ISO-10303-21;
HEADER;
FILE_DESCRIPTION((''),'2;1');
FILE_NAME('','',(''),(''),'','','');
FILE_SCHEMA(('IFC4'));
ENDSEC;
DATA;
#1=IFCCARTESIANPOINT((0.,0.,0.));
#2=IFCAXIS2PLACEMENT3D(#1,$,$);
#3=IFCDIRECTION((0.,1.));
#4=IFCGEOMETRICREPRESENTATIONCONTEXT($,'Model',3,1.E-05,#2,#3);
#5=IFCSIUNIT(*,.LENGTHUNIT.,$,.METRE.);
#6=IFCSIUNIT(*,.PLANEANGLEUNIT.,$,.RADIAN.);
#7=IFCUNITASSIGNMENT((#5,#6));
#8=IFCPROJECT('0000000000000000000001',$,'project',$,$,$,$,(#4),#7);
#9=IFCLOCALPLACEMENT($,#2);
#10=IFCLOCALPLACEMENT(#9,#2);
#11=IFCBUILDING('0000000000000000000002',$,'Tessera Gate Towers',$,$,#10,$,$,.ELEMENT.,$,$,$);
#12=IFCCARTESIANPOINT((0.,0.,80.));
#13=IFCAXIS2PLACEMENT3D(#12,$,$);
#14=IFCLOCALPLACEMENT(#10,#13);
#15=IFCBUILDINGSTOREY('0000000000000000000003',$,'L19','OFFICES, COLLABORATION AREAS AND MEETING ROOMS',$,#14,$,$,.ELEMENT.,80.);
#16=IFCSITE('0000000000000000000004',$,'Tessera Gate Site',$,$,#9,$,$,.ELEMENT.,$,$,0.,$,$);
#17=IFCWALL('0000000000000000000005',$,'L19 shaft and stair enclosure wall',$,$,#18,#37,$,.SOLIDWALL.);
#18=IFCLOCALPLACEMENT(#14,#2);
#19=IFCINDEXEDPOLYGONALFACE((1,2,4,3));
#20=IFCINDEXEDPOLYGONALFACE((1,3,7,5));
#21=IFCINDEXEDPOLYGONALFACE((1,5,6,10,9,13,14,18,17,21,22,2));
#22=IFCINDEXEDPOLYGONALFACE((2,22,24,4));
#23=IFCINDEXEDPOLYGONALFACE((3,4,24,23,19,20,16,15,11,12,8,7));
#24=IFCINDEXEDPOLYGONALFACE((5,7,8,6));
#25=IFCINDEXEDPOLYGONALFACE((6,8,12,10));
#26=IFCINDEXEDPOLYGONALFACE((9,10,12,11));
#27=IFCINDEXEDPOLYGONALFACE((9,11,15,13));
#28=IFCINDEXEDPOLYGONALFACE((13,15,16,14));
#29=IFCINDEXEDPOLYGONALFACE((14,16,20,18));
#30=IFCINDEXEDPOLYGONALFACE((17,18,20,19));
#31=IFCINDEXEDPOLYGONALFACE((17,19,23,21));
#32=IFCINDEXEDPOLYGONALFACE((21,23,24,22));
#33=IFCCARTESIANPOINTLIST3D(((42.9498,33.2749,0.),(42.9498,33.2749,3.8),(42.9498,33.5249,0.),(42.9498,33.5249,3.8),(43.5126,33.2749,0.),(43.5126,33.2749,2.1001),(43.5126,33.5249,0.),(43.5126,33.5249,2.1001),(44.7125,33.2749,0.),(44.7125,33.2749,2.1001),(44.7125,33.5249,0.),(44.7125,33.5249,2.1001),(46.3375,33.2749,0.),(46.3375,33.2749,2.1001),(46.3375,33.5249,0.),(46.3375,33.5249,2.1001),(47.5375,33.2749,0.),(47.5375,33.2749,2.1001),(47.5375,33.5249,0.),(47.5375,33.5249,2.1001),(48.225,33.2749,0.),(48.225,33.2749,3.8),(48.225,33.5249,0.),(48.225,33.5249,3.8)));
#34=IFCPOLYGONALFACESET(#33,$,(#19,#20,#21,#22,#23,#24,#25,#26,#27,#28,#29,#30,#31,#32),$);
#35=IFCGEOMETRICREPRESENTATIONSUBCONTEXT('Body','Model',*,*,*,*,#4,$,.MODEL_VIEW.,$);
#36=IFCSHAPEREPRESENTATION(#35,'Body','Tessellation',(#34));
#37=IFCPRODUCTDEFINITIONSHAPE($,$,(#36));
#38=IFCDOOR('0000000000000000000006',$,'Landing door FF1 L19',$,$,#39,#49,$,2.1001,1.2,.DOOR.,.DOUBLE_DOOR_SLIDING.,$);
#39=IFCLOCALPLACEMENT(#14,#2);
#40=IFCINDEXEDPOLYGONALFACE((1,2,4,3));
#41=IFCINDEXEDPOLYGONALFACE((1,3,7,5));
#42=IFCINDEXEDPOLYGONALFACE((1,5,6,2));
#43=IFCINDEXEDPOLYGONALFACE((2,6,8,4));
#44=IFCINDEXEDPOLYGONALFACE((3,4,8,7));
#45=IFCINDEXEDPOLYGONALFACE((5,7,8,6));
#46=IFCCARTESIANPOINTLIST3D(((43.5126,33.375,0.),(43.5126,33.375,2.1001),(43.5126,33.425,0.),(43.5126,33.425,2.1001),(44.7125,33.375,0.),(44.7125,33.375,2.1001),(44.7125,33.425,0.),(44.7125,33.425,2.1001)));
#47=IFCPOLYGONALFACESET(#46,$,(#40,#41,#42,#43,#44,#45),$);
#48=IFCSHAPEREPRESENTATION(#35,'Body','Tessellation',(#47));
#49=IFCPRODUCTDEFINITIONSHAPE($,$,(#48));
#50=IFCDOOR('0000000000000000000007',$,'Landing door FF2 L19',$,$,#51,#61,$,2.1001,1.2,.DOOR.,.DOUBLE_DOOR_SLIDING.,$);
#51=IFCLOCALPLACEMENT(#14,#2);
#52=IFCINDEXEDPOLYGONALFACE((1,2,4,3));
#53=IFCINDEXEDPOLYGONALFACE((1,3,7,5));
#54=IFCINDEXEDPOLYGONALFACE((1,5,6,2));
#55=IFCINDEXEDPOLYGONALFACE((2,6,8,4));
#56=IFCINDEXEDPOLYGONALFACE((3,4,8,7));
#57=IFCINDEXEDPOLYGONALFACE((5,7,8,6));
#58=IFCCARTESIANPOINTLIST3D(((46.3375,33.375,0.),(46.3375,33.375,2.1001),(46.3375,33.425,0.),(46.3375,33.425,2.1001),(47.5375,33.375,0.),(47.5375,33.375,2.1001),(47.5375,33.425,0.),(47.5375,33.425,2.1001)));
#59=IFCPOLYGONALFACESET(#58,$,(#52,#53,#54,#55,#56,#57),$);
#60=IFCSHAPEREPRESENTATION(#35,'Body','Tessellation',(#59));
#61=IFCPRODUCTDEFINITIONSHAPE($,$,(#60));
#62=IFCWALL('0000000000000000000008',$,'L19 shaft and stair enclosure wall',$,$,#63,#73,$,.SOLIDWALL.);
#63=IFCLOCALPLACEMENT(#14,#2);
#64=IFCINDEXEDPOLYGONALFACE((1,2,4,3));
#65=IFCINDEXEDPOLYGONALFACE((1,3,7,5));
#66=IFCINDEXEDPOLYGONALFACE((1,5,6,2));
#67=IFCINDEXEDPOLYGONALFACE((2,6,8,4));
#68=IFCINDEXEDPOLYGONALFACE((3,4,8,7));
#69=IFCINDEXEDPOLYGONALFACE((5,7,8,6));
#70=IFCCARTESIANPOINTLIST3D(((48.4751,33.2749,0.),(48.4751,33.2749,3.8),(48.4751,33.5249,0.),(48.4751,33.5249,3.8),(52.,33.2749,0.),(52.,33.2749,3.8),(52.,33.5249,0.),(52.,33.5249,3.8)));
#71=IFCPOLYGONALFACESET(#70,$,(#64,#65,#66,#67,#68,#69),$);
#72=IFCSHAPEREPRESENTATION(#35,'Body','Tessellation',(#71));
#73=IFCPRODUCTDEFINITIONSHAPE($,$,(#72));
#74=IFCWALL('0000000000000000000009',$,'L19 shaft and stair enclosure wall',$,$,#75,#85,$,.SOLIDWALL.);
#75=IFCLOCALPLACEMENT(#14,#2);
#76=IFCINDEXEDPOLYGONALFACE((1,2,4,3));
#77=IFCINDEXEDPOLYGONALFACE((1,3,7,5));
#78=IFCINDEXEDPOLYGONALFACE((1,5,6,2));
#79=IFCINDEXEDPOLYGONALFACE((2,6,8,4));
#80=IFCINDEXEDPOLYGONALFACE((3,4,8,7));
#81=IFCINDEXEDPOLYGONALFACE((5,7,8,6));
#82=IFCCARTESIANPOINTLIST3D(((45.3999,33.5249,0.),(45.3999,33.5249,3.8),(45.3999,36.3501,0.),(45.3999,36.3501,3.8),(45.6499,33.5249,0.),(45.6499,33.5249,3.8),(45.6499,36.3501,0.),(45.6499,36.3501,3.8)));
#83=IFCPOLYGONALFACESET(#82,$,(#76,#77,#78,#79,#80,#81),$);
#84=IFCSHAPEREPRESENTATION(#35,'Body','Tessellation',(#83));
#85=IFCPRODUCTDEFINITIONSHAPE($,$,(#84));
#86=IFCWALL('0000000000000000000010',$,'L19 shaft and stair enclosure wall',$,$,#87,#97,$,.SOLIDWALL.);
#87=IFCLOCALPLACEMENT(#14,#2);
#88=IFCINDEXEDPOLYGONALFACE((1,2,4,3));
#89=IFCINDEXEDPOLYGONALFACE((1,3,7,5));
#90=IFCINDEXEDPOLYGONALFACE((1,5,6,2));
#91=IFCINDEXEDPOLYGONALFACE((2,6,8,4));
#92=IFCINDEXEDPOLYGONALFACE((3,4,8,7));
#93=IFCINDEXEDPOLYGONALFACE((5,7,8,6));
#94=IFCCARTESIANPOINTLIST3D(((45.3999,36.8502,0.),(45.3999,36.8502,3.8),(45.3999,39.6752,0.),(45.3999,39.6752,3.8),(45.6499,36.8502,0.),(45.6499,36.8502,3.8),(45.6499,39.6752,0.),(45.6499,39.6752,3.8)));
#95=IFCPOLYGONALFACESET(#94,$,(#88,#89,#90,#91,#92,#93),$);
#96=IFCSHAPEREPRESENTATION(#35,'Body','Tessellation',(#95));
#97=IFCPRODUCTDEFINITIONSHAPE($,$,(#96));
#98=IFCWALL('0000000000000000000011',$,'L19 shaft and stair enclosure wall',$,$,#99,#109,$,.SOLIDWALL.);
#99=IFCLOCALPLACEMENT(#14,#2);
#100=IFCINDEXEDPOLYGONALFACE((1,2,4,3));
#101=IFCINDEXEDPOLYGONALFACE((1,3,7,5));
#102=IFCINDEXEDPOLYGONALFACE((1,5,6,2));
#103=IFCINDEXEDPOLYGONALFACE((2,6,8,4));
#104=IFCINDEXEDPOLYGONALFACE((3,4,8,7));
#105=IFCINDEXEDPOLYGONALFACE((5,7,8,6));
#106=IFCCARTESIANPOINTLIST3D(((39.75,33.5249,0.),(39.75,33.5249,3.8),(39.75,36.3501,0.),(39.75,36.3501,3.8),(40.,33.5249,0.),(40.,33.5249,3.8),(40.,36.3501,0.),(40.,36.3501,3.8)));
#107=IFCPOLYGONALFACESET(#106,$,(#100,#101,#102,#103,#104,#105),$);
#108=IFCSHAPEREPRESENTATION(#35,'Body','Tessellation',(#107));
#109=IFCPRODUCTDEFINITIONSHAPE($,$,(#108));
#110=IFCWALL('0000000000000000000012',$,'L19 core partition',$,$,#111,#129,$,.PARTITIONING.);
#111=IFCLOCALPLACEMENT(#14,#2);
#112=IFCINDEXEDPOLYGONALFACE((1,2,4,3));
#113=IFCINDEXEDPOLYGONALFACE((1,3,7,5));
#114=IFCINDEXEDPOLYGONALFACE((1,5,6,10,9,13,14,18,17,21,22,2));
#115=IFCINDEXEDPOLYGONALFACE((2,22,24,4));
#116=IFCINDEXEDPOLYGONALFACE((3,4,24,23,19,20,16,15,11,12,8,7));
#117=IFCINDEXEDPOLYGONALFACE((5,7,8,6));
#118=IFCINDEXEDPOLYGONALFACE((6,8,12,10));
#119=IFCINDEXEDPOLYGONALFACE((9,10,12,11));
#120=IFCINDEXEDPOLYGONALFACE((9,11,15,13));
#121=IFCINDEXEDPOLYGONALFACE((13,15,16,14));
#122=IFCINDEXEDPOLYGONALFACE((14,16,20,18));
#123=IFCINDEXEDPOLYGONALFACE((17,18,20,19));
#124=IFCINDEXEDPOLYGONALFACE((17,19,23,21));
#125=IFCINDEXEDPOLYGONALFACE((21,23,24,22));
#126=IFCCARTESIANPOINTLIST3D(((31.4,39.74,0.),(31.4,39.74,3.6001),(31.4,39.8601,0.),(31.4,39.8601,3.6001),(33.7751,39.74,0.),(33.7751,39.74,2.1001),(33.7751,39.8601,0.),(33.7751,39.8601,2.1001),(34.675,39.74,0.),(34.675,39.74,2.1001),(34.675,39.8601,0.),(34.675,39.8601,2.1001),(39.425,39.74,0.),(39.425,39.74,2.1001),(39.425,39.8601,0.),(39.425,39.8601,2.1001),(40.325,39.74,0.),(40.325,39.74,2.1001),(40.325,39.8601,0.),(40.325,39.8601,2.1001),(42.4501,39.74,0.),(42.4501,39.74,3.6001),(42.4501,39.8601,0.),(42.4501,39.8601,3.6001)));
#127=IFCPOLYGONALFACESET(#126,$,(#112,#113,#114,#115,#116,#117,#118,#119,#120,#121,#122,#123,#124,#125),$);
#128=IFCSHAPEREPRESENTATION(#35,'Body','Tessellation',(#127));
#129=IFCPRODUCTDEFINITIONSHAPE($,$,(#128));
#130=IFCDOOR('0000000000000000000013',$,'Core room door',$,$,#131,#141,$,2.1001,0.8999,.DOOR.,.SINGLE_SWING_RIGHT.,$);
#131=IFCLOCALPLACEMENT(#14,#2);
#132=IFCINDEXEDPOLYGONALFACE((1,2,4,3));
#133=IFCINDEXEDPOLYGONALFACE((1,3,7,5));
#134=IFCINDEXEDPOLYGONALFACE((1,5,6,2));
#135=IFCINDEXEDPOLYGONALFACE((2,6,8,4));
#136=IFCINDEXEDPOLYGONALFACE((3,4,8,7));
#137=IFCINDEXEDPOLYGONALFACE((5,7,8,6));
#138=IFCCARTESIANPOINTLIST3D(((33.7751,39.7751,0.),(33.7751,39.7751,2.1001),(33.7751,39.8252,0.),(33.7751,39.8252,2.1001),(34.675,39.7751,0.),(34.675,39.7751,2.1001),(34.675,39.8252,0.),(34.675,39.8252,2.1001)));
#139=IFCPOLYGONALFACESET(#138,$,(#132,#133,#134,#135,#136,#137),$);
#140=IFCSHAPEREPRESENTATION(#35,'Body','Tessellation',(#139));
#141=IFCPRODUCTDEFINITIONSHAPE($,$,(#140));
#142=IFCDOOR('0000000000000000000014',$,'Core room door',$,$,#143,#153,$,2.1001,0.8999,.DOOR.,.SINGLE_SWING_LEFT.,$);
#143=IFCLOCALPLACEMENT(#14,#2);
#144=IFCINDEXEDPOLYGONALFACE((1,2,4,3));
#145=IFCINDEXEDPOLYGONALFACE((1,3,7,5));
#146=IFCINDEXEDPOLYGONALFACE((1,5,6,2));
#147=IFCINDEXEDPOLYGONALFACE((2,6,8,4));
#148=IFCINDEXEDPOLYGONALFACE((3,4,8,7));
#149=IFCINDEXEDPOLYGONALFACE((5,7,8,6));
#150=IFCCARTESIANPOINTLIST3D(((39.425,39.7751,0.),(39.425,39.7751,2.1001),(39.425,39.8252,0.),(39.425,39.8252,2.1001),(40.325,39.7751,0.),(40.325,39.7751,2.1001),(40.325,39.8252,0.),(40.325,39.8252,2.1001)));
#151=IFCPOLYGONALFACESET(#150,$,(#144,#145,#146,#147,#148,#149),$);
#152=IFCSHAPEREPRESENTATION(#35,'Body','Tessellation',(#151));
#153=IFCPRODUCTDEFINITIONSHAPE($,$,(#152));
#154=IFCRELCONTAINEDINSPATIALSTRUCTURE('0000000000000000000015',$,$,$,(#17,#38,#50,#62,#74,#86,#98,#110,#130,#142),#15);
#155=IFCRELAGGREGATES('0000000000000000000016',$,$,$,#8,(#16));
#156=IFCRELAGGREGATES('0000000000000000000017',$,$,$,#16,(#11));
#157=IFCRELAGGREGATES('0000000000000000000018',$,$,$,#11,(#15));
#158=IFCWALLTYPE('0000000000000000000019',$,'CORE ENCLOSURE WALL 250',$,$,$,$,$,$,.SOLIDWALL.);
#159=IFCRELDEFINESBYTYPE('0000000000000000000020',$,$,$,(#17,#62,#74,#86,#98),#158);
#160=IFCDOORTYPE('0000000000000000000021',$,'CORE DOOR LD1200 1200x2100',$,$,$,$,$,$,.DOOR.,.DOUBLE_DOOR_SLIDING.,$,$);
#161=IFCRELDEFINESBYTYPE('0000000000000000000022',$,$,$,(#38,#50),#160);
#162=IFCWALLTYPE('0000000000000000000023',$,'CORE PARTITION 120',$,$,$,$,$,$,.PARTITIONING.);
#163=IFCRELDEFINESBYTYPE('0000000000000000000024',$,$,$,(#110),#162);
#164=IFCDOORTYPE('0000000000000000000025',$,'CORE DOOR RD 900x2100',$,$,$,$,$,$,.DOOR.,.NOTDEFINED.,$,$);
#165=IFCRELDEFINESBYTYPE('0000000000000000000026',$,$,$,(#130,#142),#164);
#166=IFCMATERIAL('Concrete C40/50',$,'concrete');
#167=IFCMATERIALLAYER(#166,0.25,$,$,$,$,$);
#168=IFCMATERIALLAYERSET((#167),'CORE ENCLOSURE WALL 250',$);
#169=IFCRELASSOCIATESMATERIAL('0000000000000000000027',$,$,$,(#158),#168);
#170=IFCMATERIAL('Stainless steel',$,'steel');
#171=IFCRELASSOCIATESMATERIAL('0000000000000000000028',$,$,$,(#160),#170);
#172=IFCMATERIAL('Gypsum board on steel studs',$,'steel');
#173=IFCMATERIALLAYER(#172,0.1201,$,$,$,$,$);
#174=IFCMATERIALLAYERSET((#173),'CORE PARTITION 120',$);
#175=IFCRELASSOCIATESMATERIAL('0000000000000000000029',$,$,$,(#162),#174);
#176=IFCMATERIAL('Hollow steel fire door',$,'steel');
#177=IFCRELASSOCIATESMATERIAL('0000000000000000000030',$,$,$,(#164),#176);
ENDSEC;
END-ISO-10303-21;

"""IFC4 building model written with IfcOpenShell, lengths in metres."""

from ifc_helpers import new_model, si_unit, direction, frame, frame_2d, origin, place, context, subcontext, project, spatial, rectangle, extrude, source, transform, mapped, material, layer, layer_set, type_object, element, fill, save


model = new_model("IFC4")

# Units and contexts
model_context = context("Model", 3, precision=1e-05, world=origin(), true_north=direction((0.0, 1.0)))
body_context = subcontext(model_context, "Body", "Model", "MODEL_VIEW")
ifc_project = project(units=[si_unit("LENGTHUNIT", "METRE"), si_unit("PLANEANGLEUNIT", "RADIAN")], contexts=[model_context])

# Site, building, storey
site_placement = place(None, origin())
site = spatial("IfcSite", under=ifc_project, at=site_placement, Name="Tessera Gate Site", CompositionType="ELEMENT", RefElevation=0.0)
building_placement = place(site_placement, origin())
building = spatial("IfcBuilding", under=site, at=building_placement, Name="Tessera Gate Towers", CompositionType="ELEMENT")
storey_placement = place(building_placement, frame((0.0, 0.0, 80.0)))
storey = spatial("IfcBuildingStorey", under=building, at=storey_placement, Name="L19", Description="OFFICES, COLLABORATION AREAS AND MEETING ROOMS", CompositionType="ELEMENT", Elevation=80.0)

# Shared definitions
ifc_material_1 = material(Name="Concrete C40/50", Category="concrete")
ifc_layer_1 = layer(ifc_material_1, 0.25)
ifc_layer_set_1 = layer_set([ifc_layer_1], Name="CORE ENCLOSURE WALL 250")
wall_type_1 = type_object("IfcWallType", Name="CORE ENCLOSURE WALL 250", PredefinedType="SOLIDWALL", material=ifc_layer_set_1)
shared_shape_1 = source(origin(), body_context, "Body", "SweptSolid", [
    extrude(rectangle(XDim=1.2, YDim=2.1001, at=frame_2d((0.6001, 1.05))), frame((0.0, 0.135, 0.0), z_axis=(0.0, -1.0, 0.0), x_axis=(1.0, 0.0, 0.0)), (0.0, 0.0, 1.0), 0.27),
])
shared_shape_2 = source(origin(), body_context, "Body", "SweptSolid", [
    extrude(rectangle(XDim=1.2, YDim=2.1001, at=frame_2d((0.6001, 1.05))), frame((0.0, 0.0249, 0.0), z_axis=(0.0, -1.0, 0.0), x_axis=(1.0, 0.0, 0.0)), (0.0, 0.0, 1.0), 0.05),
])

# Wall, openings, doors
wall_1_placement = place(storey_placement, frame((48.2251, 33.3999, 0.0), z_axis=(0.0, 0.0, 1.0), x_axis=(-1.0, 0.0, 0.0)))
wall_1 = element("IfcWall", 1, at=wall_1_placement, inside=storey, type_object=wall_type_1, Name="L19 shaft and stair enclosure wall", PredefinedType="SOLIDWALL", context=body_context, shape_type="SweptSolid", body=[
    extrude(rectangle(XDim=5.2751, YDim=0.25, at=frame_2d((2.6377, 0.0))), origin(), (0.0, 0.0, 1.0), 3.8),
])
opening_1_placement = place(wall_1_placement, frame((3.5125, 0.0, 0.0)))
opening_1 = element("IfcOpeningElement", 2, at=opening_1_placement, cuts=wall_1, PredefinedType="OPENING", context=body_context, shape_type="MappedRepresentation", body=[
    mapped(shared_shape_1, transform((0.0, 0.0, 0.0), scale=1.0)),
])
opening_2_placement = place(wall_1_placement, frame((0.6875, 0.0, 0.0)))
opening_2 = element("IfcOpeningElement", 3, at=opening_2_placement, cuts=wall_1, PredefinedType="OPENING", context=body_context, shape_type="MappedRepresentation", body=[
    mapped(shared_shape_1, transform((0.0, 0.0, 0.0), scale=1.0)),
])
ifc_material_2 = material(Name="Stainless steel", Category="steel")
door_type_1 = type_object("IfcDoorType", Name="CORE DOOR LD1200 1200x2100", OperationType="DOUBLE_DOOR_SLIDING", PredefinedType="DOOR", material=ifc_material_2)
door_1_placement = place(opening_1_placement, origin())
door_1 = element("IfcDoor", 4, at=door_1_placement, inside=storey, type_object=door_type_1, Name="Landing door FF1 L19", OperationType="DOUBLE_DOOR_SLIDING", OverallHeight=2.1001, OverallWidth=1.2, PredefinedType="DOOR", context=body_context, shape_type="MappedRepresentation", body=[
    mapped(shared_shape_2, transform((0.0, 0.0, 0.0), scale=1.0)),
])
fill(opening_1, door_1)
door_2_placement = place(opening_2_placement, origin())
door_2 = element("IfcDoor", 5, at=door_2_placement, inside=storey, type_object=door_type_1, Name="Landing door FF2 L19", OperationType="DOUBLE_DOOR_SLIDING", OverallHeight=2.1001, OverallWidth=1.2, PredefinedType="DOOR", context=body_context, shape_type="MappedRepresentation", body=[
    mapped(shared_shape_2, transform((0.0, 0.0, 0.0), scale=1.0)),
])
fill(opening_2, door_2)

# Walls
wall_2_placement = place(storey_placement, frame((48.4751, 33.3999, 0.0), z_axis=(0.0, 0.0, 1.0), x_axis=(1.0, 0.0, 0.0)))
element("IfcWall", 6, at=wall_2_placement, inside=storey, type_object=wall_type_1, Name="L19 shaft and stair enclosure wall", PredefinedType="SOLIDWALL", context=body_context, shape_type="SweptSolid", body=[
    extrude(rectangle(XDim=3.5249, YDim=0.25, at=frame_2d((1.7625, 0.0))), origin(), (0.0, 0.0, 1.0), 3.8),
])
wall_3_placement = place(storey_placement, frame((45.5249, 33.5249, 0.0), z_axis=(0.0, 0.0, 1.0), x_axis=(0.0, 1.0, 0.0)))
element("IfcWall", 7, at=wall_3_placement, inside=storey, type_object=wall_type_1, Name="L19 shaft and stair enclosure wall", PredefinedType="SOLIDWALL", context=body_context, shape_type="SweptSolid", body=[
    extrude(rectangle(XDim=2.8252, YDim=0.25, at=frame_2d((1.4126, 0.0))), origin(), (0.0, 0.0, 1.0), 3.8),
])
wall_4_placement = place(storey_placement, frame((45.5249, 36.8501, 0.0), z_axis=(0.0, 0.0, 1.0), x_axis=(0.0, 1.0, 0.0)))
element("IfcWall", 8, at=wall_4_placement, inside=storey, type_object=wall_type_1, Name="L19 shaft and stair enclosure wall", PredefinedType="SOLIDWALL", context=body_context, shape_type="SweptSolid", body=[
    extrude(rectangle(XDim=2.825, YDim=0.25, at=frame_2d((1.4126, 0.0))), origin(), (0.0, 0.0, 1.0), 3.8),
])
wall_5_placement = place(storey_placement, frame((39.875, 33.5249, 0.0), z_axis=(0.0, 0.0, 1.0), x_axis=(0.0, 1.0, 0.0)))
element("IfcWall", 9, at=wall_5_placement, inside=storey, type_object=wall_type_1, Name="L19 shaft and stair enclosure wall", PredefinedType="SOLIDWALL", context=body_context, shape_type="SweptSolid", body=[
    extrude(rectangle(XDim=2.8252, YDim=0.25, at=frame_2d((1.4126, 0.0))), origin(), (0.0, 0.0, 1.0), 3.8),
])

# Wall, openings, doors
ifc_material_3 = material(Name="Gypsum board on steel studs", Category="steel")
ifc_layer_2 = layer(ifc_material_3, 0.1201)
ifc_layer_set_2 = layer_set([ifc_layer_2], Name="CORE PARTITION 120")
wall_type_2 = type_object("IfcWallType", Name="CORE PARTITION 120", PredefinedType="PARTITIONING", material=ifc_layer_set_2)
wall_6_placement = place(storey_placement, frame((42.45, 39.8, 0.0), z_axis=(0.0, 0.0, 1.0), x_axis=(-1.0, 0.0, 0.0)))
wall_6 = element("IfcWall", 10, at=wall_6_placement, inside=storey, type_object=wall_type_2, Name="L19 core partition", PredefinedType="PARTITIONING", context=body_context, shape_type="SweptSolid", body=[
    extrude(rectangle(XDim=11.05, YDim=0.1201, at=frame_2d((5.5249, 0.0))), origin(), (0.0, 0.0, 1.0), 3.6001),
])
shared_shape_3 = source(origin(), body_context, "Body", "SweptSolid", [
    extrude(rectangle(XDim=0.8999, YDim=2.1001, at=frame_2d((0.45, 1.05))), frame((0.0, 0.0701, 0.0), z_axis=(0.0, -1.0, 0.0), x_axis=(1.0, 0.0, 0.0)), (0.0, 0.0, 1.0), 0.1401),
])
opening_3_placement = place(wall_6_placement, frame((7.7749, 0.0, 0.0)))
opening_3 = element("IfcOpeningElement", 11, at=opening_3_placement, cuts=wall_6, PredefinedType="OPENING", context=body_context, shape_type="MappedRepresentation", body=[
    mapped(shared_shape_3, transform((0.0, 0.0, 0.0), scale=1.0)),
])
opening_4_placement = place(wall_6_placement, frame((2.125, 0.0, 0.0)))
opening_4 = element("IfcOpeningElement", 12, at=opening_4_placement, cuts=wall_6, PredefinedType="OPENING", context=body_context, shape_type="MappedRepresentation", body=[
    mapped(shared_shape_3, transform((0.0, 0.0, 0.0), scale=1.0)),
])
ifc_material_4 = material(Name="Hollow steel fire door", Category="steel")
door_type_2 = type_object("IfcDoorType", Name="CORE DOOR RD 900x2100", OperationType="NOTDEFINED", PredefinedType="DOOR", material=ifc_material_4)
shared_shape_4 = source(origin(), body_context, "Body", "SweptSolid", [
    extrude(rectangle(XDim=0.8999, YDim=2.1001, at=frame_2d((0.45, 1.05))), frame((0.0, 0.0249, 0.0), z_axis=(0.0, -1.0, 0.0), x_axis=(1.0, 0.0, 0.0)), (0.0, 0.0, 1.0), 0.05),
])
door_3_placement = place(opening_3_placement, origin())
door_3 = element("IfcDoor", 13, at=door_3_placement, inside=storey, type_object=door_type_2, Name="Core room door", OperationType="SINGLE_SWING_RIGHT", OverallHeight=2.1001, OverallWidth=0.8999, PredefinedType="DOOR", context=body_context, shape_type="MappedRepresentation", body=[
    mapped(shared_shape_4, transform((0.0, 0.0, 0.0), scale=1.0)),
])
fill(opening_3, door_3)
door_4_placement = place(opening_4_placement, origin())
door_4 = element("IfcDoor", 14, at=door_4_placement, inside=storey, type_object=door_type_2, Name="Core room door", OperationType="SINGLE_SWING_LEFT", OverallHeight=2.1001, OverallWidth=0.8999, PredefinedType="DOOR", context=body_context, shape_type="MappedRepresentation", body=[
    mapped(shared_shape_4, transform((0.0, 0.0, 0.0), scale=1.0)),
])
fill(opening_4, door_4)

save(model, "model.ifc")
